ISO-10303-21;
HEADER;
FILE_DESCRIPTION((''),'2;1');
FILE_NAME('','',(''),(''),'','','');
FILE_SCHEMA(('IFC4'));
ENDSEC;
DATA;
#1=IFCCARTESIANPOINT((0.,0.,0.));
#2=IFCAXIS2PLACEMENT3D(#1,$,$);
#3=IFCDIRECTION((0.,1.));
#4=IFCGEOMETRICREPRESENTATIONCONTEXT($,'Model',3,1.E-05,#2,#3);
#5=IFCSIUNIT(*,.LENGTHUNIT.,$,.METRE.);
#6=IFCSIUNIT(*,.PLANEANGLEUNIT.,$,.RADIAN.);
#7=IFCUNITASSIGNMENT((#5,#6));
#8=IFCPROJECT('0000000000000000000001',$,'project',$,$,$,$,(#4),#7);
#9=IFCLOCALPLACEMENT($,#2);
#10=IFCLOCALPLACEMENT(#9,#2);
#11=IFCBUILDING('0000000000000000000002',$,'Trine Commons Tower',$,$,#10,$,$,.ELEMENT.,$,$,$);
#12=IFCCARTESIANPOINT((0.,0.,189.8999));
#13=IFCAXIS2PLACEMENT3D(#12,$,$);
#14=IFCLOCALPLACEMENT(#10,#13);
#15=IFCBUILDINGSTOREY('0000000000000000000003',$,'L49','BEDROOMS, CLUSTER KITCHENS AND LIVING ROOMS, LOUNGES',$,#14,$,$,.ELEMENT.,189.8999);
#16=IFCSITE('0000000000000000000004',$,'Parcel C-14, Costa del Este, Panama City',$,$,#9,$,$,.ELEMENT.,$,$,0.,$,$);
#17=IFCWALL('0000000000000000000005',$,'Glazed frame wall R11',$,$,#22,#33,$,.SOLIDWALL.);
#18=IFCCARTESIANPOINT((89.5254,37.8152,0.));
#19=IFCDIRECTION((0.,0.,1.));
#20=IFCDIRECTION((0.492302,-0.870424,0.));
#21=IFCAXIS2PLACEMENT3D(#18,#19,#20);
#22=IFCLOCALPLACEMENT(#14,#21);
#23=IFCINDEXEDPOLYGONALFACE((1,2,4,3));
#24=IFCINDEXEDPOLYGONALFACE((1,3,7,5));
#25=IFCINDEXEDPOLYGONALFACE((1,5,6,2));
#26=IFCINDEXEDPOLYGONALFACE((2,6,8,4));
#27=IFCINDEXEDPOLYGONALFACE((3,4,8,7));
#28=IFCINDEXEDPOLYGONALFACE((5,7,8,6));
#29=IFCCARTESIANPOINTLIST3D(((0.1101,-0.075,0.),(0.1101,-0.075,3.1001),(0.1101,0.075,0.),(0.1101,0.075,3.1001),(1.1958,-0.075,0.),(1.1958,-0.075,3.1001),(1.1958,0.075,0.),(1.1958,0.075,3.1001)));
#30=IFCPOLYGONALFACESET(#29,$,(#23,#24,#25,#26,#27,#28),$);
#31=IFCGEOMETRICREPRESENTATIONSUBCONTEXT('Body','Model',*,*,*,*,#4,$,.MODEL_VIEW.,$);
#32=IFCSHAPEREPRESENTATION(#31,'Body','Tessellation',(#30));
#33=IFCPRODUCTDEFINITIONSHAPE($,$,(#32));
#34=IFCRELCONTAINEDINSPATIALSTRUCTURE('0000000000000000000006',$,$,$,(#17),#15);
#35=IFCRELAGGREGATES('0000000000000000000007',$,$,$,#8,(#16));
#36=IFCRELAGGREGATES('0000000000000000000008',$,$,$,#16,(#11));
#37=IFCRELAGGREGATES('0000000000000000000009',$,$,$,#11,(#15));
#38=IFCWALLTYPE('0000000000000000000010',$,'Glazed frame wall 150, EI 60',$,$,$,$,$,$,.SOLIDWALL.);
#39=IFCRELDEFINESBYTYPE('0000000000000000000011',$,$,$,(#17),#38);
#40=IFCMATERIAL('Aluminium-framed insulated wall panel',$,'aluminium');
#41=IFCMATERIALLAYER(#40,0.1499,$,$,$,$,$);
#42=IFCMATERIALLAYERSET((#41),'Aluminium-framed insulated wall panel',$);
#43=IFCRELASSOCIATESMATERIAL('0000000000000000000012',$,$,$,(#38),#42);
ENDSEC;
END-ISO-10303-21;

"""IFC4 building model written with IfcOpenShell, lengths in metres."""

from ifc_helpers import new_model, si_unit, direction, frame, origin, place, context, subcontext, project, spatial, polyline, outline, extrude, material, layer, layer_set, type_object, element, save


model = new_model("IFC4")

# Units and contexts
model_context = context("Model", 3, precision=1e-05, world=origin(), true_north=direction((0.0, 1.0)))
body_context = subcontext(model_context, "Body", "Model", "MODEL_VIEW")
ifc_project = project(units=[si_unit("LENGTHUNIT", "METRE"), si_unit("PLANEANGLEUNIT", "RADIAN")], contexts=[model_context])

# Site, building, storey
site_placement = place(None, origin())
site = spatial("IfcSite", under=ifc_project, at=site_placement, Name="Parcel C-14, Costa del Este, Panama City", CompositionType="ELEMENT", RefElevation=0.0)
building_placement = place(site_placement, origin())
building = spatial("IfcBuilding", under=site, at=building_placement, Name="Trine Commons Tower", CompositionType="ELEMENT")
storey_placement = place(building_placement, frame((0.0, 0.0, 189.8999)))
storey = spatial("IfcBuildingStorey", under=building, at=storey_placement, Name="L49", Description="BEDROOMS, CLUSTER KITCHENS AND LIVING ROOMS, LOUNGES", CompositionType="ELEMENT", Elevation=189.8999)

# Wall
ifc_material_1 = material(Name="Aluminium-framed insulated wall panel", Category="aluminium")
ifc_layer_1 = layer(ifc_material_1, 0.1499)
ifc_layer_set_1 = layer_set([ifc_layer_1], Name="Aluminium-framed insulated wall panel")
wall_type_1 = type_object("IfcWallType", Name="Glazed frame wall 150, EI 60", PredefinedType="SOLIDWALL", material=ifc_layer_set_1)
wall_1_placement = place(storey_placement, frame((89.5254, 37.8152, 0.0), z_axis=(0.0, 0.0, 1.0), x_axis=(0.492302, -0.870424, 0.0)))
element("IfcWall", 1, at=wall_1_placement, inside=storey, type_object=wall_type_1, Name="Glazed frame wall R11", PredefinedType="SOLIDWALL", context=body_context, shape_type="SweptSolid", body=[
    extrude(outline(polyline([(0.1101, 0.075), (0.1101, -0.075), (1.1958, -0.075), (1.1958, 0.075), (0.1101, 0.075)])), origin(), (0.0, 0.0, 1.0), 3.1001),
])

save(model, "model.ifc")
